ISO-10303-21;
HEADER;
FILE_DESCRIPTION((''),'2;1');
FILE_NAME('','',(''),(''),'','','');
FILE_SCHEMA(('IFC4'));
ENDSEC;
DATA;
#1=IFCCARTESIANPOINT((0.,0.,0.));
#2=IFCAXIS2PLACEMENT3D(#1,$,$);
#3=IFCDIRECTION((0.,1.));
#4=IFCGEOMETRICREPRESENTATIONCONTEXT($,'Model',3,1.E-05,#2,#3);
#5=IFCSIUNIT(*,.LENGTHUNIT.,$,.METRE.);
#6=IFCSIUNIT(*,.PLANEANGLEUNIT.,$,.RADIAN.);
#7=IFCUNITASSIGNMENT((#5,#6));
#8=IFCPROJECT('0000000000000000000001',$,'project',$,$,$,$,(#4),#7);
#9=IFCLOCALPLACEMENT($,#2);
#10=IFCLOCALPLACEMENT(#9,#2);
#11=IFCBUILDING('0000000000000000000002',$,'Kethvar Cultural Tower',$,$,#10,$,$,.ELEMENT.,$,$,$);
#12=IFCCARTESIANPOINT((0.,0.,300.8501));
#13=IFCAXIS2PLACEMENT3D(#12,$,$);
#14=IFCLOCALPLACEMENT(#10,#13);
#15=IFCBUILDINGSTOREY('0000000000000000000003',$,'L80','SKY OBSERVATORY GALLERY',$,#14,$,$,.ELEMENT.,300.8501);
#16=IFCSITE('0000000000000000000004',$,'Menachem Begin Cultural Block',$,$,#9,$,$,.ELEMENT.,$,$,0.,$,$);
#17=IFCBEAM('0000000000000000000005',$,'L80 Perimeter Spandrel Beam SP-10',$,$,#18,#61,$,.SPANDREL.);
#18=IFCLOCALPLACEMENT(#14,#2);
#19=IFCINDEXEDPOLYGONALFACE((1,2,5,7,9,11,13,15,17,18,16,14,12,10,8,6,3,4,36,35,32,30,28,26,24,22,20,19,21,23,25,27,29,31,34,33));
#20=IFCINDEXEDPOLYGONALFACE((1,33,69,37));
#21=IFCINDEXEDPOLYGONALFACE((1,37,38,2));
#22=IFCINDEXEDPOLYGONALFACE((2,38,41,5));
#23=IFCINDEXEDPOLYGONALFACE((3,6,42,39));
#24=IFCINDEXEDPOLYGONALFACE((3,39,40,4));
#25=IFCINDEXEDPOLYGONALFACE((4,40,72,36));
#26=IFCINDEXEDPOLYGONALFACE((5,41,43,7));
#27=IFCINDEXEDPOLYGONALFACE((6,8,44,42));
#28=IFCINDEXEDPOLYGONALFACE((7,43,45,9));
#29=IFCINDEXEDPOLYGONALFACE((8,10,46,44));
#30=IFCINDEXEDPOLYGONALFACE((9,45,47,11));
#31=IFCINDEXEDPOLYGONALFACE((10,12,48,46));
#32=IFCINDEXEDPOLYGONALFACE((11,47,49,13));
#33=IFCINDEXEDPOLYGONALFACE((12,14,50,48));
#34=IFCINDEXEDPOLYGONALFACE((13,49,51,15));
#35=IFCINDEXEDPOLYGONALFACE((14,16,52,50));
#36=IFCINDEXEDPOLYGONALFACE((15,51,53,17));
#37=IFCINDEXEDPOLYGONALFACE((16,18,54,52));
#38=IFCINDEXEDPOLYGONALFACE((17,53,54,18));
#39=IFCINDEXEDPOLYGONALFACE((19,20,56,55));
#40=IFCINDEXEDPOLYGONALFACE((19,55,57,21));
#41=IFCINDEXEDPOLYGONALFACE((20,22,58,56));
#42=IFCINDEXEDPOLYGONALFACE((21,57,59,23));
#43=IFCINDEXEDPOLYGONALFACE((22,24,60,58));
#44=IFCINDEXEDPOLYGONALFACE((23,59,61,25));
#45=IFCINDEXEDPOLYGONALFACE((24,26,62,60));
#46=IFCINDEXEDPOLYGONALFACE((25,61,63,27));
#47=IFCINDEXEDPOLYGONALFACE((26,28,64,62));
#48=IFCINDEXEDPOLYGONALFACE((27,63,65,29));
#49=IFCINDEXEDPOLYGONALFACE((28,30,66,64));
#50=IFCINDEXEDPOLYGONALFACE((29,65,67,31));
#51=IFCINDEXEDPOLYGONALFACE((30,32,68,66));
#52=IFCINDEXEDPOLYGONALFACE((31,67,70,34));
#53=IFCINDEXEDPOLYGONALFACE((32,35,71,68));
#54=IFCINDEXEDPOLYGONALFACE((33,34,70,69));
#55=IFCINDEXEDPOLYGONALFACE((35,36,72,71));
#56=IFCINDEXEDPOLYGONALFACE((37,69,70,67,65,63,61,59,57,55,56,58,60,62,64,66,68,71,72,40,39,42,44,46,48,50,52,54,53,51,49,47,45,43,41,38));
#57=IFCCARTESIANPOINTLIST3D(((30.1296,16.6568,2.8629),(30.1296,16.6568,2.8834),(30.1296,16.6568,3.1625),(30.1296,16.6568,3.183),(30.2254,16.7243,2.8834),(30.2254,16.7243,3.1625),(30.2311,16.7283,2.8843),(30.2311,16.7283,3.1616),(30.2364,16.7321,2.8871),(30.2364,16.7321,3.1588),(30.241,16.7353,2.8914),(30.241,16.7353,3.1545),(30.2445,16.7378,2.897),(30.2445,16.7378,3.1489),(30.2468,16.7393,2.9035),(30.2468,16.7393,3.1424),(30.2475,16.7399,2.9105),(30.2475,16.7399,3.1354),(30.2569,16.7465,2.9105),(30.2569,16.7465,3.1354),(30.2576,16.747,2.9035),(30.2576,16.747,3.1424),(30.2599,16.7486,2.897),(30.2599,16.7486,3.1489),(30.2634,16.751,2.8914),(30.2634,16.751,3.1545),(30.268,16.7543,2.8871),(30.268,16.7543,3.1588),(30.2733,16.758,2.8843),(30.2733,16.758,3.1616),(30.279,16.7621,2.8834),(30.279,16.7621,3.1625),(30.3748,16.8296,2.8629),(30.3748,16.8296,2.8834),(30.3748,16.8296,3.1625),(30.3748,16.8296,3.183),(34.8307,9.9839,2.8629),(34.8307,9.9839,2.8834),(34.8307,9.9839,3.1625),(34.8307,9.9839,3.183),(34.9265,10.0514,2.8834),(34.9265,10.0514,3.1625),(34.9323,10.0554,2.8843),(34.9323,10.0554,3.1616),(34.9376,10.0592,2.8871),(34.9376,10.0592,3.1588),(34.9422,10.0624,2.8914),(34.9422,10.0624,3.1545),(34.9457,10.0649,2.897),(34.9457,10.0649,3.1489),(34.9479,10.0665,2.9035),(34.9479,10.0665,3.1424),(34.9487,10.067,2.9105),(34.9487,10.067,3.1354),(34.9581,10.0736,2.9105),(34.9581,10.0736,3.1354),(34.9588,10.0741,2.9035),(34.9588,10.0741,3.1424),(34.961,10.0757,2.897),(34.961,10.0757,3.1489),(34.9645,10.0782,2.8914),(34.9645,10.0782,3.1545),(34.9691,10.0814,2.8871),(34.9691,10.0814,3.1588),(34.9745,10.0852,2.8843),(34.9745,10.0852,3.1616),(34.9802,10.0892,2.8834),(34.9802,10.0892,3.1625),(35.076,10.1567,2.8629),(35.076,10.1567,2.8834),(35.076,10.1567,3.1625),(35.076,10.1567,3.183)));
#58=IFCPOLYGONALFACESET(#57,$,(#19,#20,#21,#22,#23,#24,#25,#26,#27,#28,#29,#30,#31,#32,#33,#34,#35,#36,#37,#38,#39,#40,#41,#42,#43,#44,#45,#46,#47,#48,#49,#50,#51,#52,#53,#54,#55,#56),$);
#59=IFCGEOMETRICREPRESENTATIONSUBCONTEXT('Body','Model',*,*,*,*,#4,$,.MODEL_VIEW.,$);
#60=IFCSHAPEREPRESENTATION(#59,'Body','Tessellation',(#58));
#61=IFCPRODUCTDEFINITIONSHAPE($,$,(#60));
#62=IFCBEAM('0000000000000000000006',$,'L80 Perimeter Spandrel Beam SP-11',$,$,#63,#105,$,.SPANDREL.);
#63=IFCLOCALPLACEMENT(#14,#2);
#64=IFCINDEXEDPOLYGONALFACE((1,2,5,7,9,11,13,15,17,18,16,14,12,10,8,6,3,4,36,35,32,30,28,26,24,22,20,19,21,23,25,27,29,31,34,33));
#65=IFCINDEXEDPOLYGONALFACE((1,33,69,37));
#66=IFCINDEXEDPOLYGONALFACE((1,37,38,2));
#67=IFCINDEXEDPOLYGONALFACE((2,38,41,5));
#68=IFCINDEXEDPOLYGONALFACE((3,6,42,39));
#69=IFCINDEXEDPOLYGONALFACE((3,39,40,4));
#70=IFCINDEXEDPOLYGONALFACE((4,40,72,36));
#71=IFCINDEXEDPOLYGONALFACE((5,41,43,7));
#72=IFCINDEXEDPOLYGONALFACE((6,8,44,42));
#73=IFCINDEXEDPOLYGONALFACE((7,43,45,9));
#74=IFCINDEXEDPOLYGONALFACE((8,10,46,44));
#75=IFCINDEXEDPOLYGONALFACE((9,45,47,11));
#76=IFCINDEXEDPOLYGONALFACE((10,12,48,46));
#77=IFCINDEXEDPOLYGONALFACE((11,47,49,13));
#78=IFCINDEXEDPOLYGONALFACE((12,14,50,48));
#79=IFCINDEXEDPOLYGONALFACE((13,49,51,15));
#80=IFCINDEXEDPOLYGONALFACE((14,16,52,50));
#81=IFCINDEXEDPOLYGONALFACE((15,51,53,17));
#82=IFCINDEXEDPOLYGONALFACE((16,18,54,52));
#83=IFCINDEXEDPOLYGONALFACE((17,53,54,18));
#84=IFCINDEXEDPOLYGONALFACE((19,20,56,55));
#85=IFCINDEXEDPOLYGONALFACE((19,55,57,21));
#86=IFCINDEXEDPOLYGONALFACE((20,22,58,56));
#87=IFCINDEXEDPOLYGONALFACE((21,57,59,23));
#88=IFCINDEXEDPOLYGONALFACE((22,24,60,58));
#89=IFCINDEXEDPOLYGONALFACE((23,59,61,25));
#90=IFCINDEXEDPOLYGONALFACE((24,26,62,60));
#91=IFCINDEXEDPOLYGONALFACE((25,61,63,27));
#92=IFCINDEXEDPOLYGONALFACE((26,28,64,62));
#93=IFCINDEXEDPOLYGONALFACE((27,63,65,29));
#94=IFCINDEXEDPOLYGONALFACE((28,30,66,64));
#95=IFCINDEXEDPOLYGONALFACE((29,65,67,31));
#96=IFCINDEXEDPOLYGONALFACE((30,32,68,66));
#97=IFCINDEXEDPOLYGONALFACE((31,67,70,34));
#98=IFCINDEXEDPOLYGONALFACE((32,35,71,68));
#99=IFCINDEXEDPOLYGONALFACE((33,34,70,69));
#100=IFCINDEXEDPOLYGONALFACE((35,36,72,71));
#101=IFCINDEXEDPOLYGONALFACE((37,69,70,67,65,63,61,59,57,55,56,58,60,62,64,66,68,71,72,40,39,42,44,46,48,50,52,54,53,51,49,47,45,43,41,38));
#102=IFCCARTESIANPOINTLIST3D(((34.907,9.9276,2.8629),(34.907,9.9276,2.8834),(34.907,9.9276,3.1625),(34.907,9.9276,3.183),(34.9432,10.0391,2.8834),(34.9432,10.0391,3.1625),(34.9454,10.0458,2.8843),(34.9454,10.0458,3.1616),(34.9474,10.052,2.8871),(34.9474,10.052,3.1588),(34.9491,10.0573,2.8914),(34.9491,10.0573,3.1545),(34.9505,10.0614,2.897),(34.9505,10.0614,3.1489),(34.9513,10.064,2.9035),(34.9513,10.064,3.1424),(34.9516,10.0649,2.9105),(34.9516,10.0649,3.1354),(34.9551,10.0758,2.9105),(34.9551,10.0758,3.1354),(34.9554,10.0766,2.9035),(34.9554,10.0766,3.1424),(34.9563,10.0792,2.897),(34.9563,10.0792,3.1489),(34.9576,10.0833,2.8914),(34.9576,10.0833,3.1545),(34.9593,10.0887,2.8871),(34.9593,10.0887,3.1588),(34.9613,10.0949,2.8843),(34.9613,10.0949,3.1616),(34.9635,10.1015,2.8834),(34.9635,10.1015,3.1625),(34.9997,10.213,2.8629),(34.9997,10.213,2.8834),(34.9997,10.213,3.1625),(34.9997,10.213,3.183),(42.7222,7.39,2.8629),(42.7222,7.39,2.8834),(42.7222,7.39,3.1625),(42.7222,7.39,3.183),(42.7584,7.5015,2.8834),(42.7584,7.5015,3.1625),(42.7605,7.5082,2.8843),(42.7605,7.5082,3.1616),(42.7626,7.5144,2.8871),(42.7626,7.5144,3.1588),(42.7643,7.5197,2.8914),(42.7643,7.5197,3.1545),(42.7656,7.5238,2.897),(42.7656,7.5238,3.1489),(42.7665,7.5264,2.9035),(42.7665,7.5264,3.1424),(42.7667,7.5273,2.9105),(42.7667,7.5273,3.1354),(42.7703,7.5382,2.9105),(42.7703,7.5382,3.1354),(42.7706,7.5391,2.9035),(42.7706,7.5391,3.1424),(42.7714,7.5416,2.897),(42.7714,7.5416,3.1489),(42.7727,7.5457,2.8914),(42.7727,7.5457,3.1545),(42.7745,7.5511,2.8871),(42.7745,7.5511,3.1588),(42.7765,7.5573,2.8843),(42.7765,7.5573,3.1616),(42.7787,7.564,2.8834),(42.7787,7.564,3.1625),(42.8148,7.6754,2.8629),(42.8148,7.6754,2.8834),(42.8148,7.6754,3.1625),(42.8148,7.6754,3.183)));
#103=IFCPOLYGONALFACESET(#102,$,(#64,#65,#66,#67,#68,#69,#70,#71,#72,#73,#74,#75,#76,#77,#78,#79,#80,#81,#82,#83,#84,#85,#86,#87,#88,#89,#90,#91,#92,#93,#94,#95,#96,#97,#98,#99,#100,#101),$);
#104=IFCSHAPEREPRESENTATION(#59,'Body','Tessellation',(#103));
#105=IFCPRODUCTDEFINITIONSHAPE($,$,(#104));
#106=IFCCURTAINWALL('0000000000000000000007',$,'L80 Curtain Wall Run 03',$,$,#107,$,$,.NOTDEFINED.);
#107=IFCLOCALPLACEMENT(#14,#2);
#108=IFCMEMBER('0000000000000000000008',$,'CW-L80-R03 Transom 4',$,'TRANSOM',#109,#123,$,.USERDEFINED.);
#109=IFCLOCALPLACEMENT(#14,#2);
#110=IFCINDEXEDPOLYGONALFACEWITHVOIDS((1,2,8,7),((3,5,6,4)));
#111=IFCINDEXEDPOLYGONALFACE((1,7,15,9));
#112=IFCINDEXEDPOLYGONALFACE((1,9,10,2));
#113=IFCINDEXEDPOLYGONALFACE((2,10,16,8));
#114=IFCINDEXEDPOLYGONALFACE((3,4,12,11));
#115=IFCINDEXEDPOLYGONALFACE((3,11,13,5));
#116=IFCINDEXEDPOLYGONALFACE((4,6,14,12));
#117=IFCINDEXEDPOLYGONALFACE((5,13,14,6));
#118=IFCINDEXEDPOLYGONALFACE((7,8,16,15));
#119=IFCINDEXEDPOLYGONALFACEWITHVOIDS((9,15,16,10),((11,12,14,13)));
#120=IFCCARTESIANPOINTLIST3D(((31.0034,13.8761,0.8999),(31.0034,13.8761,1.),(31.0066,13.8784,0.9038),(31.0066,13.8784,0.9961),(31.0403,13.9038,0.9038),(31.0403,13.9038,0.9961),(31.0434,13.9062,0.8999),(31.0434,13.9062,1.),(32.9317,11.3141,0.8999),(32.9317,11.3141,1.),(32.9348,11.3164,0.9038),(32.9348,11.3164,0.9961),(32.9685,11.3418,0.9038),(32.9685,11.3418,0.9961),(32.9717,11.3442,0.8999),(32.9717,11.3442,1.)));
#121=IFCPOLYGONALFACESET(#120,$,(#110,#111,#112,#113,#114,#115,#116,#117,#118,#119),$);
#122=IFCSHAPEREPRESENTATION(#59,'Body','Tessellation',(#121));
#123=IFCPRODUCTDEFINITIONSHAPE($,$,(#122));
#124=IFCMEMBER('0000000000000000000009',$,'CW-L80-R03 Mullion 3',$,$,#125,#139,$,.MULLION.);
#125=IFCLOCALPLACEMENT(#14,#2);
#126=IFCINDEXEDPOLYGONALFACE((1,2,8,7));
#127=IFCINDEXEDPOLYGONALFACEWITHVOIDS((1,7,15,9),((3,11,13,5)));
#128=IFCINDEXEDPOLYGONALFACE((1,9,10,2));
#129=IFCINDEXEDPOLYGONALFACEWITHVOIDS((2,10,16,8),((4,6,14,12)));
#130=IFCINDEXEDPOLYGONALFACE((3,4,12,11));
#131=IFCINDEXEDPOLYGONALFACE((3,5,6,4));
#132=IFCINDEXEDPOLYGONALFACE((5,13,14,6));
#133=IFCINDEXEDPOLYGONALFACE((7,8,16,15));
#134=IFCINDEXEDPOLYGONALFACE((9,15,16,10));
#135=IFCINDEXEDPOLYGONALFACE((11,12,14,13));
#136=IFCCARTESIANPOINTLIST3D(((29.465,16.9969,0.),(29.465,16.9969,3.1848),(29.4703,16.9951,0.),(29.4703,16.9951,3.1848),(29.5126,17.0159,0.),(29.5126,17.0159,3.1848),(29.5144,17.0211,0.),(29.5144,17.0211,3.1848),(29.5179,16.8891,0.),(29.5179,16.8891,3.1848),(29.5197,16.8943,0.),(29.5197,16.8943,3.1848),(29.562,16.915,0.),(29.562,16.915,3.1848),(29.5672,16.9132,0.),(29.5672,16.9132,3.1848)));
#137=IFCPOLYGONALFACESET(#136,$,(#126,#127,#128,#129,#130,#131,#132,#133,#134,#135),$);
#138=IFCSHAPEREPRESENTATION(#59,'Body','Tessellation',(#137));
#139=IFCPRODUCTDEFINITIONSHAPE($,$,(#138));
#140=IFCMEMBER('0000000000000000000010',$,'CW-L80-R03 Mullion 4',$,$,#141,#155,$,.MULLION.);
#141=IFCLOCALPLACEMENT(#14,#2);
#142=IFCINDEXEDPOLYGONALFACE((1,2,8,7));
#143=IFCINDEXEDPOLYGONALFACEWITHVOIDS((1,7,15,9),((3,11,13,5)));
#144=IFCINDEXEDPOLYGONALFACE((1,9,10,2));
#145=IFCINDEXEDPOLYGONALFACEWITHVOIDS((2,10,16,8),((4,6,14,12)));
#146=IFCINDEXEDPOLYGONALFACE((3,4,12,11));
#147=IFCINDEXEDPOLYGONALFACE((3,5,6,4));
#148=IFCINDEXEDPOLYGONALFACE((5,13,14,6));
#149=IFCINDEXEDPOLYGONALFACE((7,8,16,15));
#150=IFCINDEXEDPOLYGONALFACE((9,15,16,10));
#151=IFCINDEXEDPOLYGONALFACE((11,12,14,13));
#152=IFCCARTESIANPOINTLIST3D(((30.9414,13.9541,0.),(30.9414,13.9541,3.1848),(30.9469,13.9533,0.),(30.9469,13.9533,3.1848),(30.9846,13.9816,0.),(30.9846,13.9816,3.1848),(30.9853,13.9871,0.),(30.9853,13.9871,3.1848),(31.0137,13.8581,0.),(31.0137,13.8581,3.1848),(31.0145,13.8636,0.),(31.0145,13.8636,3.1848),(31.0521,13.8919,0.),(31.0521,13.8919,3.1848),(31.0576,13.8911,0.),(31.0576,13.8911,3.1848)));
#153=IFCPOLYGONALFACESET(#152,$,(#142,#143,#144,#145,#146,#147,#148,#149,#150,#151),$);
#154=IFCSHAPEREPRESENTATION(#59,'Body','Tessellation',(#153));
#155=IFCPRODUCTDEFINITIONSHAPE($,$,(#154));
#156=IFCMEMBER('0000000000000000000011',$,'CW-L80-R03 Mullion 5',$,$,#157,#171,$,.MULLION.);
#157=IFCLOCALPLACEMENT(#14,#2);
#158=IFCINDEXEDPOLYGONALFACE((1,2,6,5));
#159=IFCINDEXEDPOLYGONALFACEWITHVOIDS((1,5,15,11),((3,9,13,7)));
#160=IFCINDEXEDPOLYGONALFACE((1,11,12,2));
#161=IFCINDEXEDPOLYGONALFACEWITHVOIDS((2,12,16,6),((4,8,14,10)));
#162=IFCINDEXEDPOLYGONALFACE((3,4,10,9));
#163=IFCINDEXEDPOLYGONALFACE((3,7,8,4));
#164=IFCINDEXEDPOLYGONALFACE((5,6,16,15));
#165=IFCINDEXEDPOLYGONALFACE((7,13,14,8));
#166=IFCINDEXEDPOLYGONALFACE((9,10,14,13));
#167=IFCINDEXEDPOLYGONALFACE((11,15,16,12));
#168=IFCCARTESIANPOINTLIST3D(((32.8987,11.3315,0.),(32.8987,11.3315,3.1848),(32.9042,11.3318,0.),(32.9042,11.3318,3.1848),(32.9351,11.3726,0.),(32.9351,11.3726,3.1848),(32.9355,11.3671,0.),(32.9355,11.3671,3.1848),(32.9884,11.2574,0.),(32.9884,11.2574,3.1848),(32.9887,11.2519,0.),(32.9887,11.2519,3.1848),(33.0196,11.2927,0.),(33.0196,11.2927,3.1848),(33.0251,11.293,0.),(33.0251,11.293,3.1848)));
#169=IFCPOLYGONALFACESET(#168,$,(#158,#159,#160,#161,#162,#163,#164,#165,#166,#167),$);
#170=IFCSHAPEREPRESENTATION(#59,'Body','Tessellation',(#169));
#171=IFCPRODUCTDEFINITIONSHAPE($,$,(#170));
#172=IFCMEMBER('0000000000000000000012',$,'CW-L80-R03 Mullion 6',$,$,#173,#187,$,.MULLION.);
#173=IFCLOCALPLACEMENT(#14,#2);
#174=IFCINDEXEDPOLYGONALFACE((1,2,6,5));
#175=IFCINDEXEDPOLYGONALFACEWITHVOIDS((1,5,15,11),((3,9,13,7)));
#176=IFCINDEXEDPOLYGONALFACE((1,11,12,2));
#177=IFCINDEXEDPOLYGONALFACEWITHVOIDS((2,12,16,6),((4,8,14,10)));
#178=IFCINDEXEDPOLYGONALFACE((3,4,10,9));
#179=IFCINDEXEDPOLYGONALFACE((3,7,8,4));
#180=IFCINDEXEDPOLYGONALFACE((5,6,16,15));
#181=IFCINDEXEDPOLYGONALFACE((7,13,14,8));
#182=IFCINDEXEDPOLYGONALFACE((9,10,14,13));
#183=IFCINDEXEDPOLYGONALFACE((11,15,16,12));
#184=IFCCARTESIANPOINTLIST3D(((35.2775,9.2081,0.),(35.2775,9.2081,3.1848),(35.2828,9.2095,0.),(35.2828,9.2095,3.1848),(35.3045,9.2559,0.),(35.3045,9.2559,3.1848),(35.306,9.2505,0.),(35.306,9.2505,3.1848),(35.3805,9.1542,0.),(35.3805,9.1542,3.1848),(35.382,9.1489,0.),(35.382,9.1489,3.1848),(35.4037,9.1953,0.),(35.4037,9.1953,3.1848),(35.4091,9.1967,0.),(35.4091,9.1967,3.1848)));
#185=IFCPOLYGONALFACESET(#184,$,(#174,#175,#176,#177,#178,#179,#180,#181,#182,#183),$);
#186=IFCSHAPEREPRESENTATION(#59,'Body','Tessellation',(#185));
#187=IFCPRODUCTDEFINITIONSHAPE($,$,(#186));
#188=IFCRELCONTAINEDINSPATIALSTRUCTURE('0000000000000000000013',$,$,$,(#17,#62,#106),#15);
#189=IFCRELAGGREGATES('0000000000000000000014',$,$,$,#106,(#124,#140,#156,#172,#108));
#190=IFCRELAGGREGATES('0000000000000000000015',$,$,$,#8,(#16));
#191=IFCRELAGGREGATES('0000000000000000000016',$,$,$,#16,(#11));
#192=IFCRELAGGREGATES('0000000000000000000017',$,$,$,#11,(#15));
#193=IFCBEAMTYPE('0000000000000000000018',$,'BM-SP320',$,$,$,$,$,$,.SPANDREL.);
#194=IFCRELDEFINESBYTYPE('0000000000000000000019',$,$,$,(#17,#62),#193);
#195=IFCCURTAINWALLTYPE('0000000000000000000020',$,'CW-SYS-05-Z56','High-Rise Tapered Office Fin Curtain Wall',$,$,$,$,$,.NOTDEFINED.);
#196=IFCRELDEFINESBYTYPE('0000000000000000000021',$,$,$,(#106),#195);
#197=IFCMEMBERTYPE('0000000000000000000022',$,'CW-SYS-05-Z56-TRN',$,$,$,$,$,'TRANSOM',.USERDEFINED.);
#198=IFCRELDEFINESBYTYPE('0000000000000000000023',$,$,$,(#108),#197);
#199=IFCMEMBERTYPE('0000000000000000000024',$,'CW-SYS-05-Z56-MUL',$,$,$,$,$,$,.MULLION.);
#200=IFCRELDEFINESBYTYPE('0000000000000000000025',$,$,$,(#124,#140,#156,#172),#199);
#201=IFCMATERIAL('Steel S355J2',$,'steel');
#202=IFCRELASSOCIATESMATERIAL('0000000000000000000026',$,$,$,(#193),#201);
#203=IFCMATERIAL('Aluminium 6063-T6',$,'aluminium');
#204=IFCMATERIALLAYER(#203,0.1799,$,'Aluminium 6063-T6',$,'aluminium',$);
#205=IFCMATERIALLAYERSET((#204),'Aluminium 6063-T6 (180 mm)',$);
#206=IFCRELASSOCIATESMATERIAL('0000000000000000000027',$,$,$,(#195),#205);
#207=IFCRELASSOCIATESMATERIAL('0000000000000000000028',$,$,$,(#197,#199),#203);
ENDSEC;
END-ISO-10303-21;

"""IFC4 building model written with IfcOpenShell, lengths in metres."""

from ifc_helpers import new_model, si_unit, direction, frame, origin, origin_2d, place, context, subcontext, project, spatial, hollow_rectangle, i_section, extrude, source, transform, mapped, material, layer, layer_set, material_profile, profile_set, type_object, element, aggregate, save


model = new_model("IFC4")

# Units and contexts
model_context = context("Model", 3, precision=1e-05, world=origin(), true_north=direction((0.0, 1.0)))
body_context = subcontext(model_context, "Body", "Model", "MODEL_VIEW")
ifc_project = project(units=[si_unit("LENGTHUNIT", "METRE"), si_unit("PLANEANGLEUNIT", "RADIAN")], contexts=[model_context])

# Site, building, storey
site_placement = place(None, origin())
site = spatial("IfcSite", under=ifc_project, at=site_placement, Name="Menachem Begin Cultural Block", CompositionType="ELEMENT", RefElevation=0.0)
building_placement = place(site_placement, origin())
building = spatial("IfcBuilding", under=site, at=building_placement, Name="Kethvar Cultural Tower", CompositionType="ELEMENT")
storey_placement = place(building_placement, frame((0.0, 0.0, 300.8501)))
storey = spatial("IfcBuildingStorey", under=building, at=storey_placement, Name="L80", Description="SKY OBSERVATORY GALLERY", CompositionType="ELEMENT", Elevation=300.8501)

# Shared definitions
ifc_material_1 = material(Name="Steel S355J2", Category="steel")

# Beams
ifc_material_profile_1 = material_profile(ifc_material_1, i_section(OverallWidth=0.3, OverallDepth=0.3201, WebThickness=0.0115, FlangeThickness=0.0205, FilletRadius=0.0271, at=origin_2d()), Name="Steel S355J2 — HEB320")
ifc_profile_set_1 = profile_set([ifc_material_profile_1], Name="Steel S355J2 — HEB320")
beam_type_1 = type_object("IfcBeamType", Name="BM-SP320", PredefinedType="SPANDREL", material=ifc_profile_set_1)
shared_shape_1 = source(origin(), body_context, "Body", "SweptSolid", [
    extrude(i_section(OverallWidth=0.3, OverallDepth=0.3201, WebThickness=0.0115, FlangeThickness=0.0205, FilletRadius=0.0271, at=origin_2d()), origin(), (0.0, 0.0, 1.0), 8.1626),
])
beam_1_placement = place(storey_placement, frame((30.2522, 16.7432, 3.0229), z_axis=(0.575941, -0.817491, 0.0), x_axis=(0.817491, 0.575941, 0.0)))
element("IfcBeam", 1, at=beam_1_placement, inside=storey, type_object=beam_type_1, Name="L80 Perimeter Spandrel Beam SP-10", PredefinedType="SPANDREL", context=body_context, shape_type="MappedRepresentation", body=[
    mapped(shared_shape_1, transform((0.0, 0.0, 0.0), scale=1.0)),
])
shared_shape_2 = source(origin(), body_context, "Body", "SweptSolid", [
    extrude(i_section(OverallWidth=0.3, OverallDepth=0.3201, WebThickness=0.0115, FlangeThickness=0.0205, FilletRadius=0.0271, at=origin_2d()), origin(), (0.0, 0.0, 1.0), 8.2168),
])
beam_2_placement = place(storey_placement, frame((34.9534, 10.0703, 3.0229), z_axis=(0.951118, -0.308829, 0.0), x_axis=(0.308829, 0.951118, 0.0)))
element("IfcBeam", 2, at=beam_2_placement, inside=storey, type_object=beam_type_1, Name="L80 Perimeter Spandrel Beam SP-11", PredefinedType="SPANDREL", context=body_context, shape_type="MappedRepresentation", body=[
    mapped(shared_shape_2, transform((0.0, 0.0, 0.0), scale=1.0)),
])

# Curtain wall, members
ifc_material_2 = material(Name="Aluminium 6063-T6", Category="aluminium")
ifc_layer_1 = layer(ifc_material_2, 0.1799, Name="Aluminium 6063-T6", Category="aluminium")
ifc_layer_set_1 = layer_set([ifc_layer_1], Name="Aluminium 6063-T6 (180 mm)")
curtain_wall_type = type_object("IfcCurtainWallType", Name="CW-SYS-05-Z56", Description="High-Rise Tapered Office Fin Curtain Wall", PredefinedType="NOTDEFINED", material=ifc_layer_set_1)
curtain_wall_placement = place(storey_placement, origin())
curtain_wall = element("IfcCurtainWall", 3, at=curtain_wall_placement, inside=storey, type_object=curtain_wall_type, Name="L80 Curtain Wall Run 03", PredefinedType="NOTDEFINED")
ifc_material_profile_2 = material_profile(ifc_material_2, hollow_rectangle(XDim=0.05, YDim=0.1001, WallThickness=0.0039, at=origin_2d()), Name="Aluminium 6063-T6 — RHS100x50x4")
ifc_profile_set_2 = profile_set([ifc_material_profile_2], Name="Aluminium 6063-T6 — RHS100x50x4")
member_type_1 = type_object("IfcMemberType", Name="CW-SYS-05-Z56-TRN", ElementType="TRANSOM", PredefinedType="USERDEFINED", material=ifc_profile_set_2)
shared_shape_3 = source(origin(), body_context, "Body", "SweptSolid", [
    extrude(hollow_rectangle(XDim=0.05, YDim=0.1001, WallThickness=0.0039, at=origin_2d()), origin(), (0.0, 0.0, 1.0), 3.2065),
])
member_1_placement = place(storey_placement, frame((31.0234, 13.8911, 0.95), z_axis=(0.601339, -0.798994, 0.0), x_axis=(0.798994, 0.601339, 0.0)))
member_1 = element("IfcMember", 4, at=member_1_placement, type_object=member_type_1, Name="CW-L80-R03 Transom 4", ObjectType="TRANSOM", PredefinedType="USERDEFINED", context=body_context, shape_type="MappedRepresentation", body=[
    mapped(shared_shape_3, transform((0.0, 0.0, 0.0), scale=1.0)),
])
ifc_material_profile_3 = material_profile(ifc_material_2, hollow_rectangle(XDim=0.0549, YDim=0.1201, WallThickness=0.0039, at=origin_2d()), Name="Aluminium 6063-T6 — RHS120x55x4")
ifc_profile_set_3 = profile_set([ifc_material_profile_3], Name="Aluminium 6063-T6 — RHS120x55x4")
member_type_2 = type_object("IfcMemberType", Name="CW-SYS-05-Z56-MUL", PredefinedType="MULLION", material=ifc_profile_set_3)
shared_shape_4 = source(origin(), body_context, "Body", "SweptSolid", [
    extrude(hollow_rectangle(XDim=0.0549, YDim=0.1201, WallThickness=0.0039, at=origin_2d()), origin(), (0.0, 0.0, 1.0), 3.1848),
])
member_2_placement = place(storey_placement, frame((29.5161, 16.9551, 0.0), z_axis=(0.0, 0.0, 1.0), x_axis=(0.898035, 0.439923, 0.0)))
member_2 = element("IfcMember", 5, at=member_2_placement, type_object=member_type_2, Name="CW-L80-R03 Mullion 3", PredefinedType="MULLION", context=body_context, shape_type="MappedRepresentation", body=[
    mapped(shared_shape_4, transform((0.0, 0.0, 0.0), scale=1.0)),
])
member_3_placement = place(storey_placement, frame((30.9995, 13.9226, 0.0), z_axis=(0.0, 0.0, 1.0), x_axis=(0.798972, 0.601369, 0.0)))
member_3 = element("IfcMember", 6, at=member_3_placement, type_object=member_type_2, Name="CW-L80-R03 Mullion 4", PredefinedType="MULLION", context=body_context, shape_type="MappedRepresentation", body=[
    mapped(shared_shape_4, transform((0.0, 0.0, 0.0), scale=1.0)),
])
member_4_placement = place(storey_placement, frame((32.9619, 11.3123, 0.0), z_axis=(0.0, 0.0, 1.0), x_axis=(0.66262, 0.748956, 0.0)))
member_4 = element("IfcMember", 7, at=member_4_placement, type_object=member_type_2, Name="CW-L80-R03 Mullion 5", PredefinedType="MULLION", context=body_context, shape_type="MappedRepresentation", body=[
    mapped(shared_shape_4, transform((0.0, 0.0, 0.0), scale=1.0)),
])
member_5_placement = place(storey_placement, frame((35.3433, 9.2024, 0.0), z_axis=(0.0, 0.0, 1.0), x_axis=(0.492302, 0.870424, 0.0)))
member_5 = element("IfcMember", 8, at=member_5_placement, type_object=member_type_2, Name="CW-L80-R03 Mullion 6", PredefinedType="MULLION", context=body_context, shape_type="MappedRepresentation", body=[
    mapped(shared_shape_4, transform((0.0, 0.0, 0.0), scale=1.0)),
])
aggregate(curtain_wall, [member_2, member_3, member_4, member_5, member_1])

save(model, "model.ifc")
